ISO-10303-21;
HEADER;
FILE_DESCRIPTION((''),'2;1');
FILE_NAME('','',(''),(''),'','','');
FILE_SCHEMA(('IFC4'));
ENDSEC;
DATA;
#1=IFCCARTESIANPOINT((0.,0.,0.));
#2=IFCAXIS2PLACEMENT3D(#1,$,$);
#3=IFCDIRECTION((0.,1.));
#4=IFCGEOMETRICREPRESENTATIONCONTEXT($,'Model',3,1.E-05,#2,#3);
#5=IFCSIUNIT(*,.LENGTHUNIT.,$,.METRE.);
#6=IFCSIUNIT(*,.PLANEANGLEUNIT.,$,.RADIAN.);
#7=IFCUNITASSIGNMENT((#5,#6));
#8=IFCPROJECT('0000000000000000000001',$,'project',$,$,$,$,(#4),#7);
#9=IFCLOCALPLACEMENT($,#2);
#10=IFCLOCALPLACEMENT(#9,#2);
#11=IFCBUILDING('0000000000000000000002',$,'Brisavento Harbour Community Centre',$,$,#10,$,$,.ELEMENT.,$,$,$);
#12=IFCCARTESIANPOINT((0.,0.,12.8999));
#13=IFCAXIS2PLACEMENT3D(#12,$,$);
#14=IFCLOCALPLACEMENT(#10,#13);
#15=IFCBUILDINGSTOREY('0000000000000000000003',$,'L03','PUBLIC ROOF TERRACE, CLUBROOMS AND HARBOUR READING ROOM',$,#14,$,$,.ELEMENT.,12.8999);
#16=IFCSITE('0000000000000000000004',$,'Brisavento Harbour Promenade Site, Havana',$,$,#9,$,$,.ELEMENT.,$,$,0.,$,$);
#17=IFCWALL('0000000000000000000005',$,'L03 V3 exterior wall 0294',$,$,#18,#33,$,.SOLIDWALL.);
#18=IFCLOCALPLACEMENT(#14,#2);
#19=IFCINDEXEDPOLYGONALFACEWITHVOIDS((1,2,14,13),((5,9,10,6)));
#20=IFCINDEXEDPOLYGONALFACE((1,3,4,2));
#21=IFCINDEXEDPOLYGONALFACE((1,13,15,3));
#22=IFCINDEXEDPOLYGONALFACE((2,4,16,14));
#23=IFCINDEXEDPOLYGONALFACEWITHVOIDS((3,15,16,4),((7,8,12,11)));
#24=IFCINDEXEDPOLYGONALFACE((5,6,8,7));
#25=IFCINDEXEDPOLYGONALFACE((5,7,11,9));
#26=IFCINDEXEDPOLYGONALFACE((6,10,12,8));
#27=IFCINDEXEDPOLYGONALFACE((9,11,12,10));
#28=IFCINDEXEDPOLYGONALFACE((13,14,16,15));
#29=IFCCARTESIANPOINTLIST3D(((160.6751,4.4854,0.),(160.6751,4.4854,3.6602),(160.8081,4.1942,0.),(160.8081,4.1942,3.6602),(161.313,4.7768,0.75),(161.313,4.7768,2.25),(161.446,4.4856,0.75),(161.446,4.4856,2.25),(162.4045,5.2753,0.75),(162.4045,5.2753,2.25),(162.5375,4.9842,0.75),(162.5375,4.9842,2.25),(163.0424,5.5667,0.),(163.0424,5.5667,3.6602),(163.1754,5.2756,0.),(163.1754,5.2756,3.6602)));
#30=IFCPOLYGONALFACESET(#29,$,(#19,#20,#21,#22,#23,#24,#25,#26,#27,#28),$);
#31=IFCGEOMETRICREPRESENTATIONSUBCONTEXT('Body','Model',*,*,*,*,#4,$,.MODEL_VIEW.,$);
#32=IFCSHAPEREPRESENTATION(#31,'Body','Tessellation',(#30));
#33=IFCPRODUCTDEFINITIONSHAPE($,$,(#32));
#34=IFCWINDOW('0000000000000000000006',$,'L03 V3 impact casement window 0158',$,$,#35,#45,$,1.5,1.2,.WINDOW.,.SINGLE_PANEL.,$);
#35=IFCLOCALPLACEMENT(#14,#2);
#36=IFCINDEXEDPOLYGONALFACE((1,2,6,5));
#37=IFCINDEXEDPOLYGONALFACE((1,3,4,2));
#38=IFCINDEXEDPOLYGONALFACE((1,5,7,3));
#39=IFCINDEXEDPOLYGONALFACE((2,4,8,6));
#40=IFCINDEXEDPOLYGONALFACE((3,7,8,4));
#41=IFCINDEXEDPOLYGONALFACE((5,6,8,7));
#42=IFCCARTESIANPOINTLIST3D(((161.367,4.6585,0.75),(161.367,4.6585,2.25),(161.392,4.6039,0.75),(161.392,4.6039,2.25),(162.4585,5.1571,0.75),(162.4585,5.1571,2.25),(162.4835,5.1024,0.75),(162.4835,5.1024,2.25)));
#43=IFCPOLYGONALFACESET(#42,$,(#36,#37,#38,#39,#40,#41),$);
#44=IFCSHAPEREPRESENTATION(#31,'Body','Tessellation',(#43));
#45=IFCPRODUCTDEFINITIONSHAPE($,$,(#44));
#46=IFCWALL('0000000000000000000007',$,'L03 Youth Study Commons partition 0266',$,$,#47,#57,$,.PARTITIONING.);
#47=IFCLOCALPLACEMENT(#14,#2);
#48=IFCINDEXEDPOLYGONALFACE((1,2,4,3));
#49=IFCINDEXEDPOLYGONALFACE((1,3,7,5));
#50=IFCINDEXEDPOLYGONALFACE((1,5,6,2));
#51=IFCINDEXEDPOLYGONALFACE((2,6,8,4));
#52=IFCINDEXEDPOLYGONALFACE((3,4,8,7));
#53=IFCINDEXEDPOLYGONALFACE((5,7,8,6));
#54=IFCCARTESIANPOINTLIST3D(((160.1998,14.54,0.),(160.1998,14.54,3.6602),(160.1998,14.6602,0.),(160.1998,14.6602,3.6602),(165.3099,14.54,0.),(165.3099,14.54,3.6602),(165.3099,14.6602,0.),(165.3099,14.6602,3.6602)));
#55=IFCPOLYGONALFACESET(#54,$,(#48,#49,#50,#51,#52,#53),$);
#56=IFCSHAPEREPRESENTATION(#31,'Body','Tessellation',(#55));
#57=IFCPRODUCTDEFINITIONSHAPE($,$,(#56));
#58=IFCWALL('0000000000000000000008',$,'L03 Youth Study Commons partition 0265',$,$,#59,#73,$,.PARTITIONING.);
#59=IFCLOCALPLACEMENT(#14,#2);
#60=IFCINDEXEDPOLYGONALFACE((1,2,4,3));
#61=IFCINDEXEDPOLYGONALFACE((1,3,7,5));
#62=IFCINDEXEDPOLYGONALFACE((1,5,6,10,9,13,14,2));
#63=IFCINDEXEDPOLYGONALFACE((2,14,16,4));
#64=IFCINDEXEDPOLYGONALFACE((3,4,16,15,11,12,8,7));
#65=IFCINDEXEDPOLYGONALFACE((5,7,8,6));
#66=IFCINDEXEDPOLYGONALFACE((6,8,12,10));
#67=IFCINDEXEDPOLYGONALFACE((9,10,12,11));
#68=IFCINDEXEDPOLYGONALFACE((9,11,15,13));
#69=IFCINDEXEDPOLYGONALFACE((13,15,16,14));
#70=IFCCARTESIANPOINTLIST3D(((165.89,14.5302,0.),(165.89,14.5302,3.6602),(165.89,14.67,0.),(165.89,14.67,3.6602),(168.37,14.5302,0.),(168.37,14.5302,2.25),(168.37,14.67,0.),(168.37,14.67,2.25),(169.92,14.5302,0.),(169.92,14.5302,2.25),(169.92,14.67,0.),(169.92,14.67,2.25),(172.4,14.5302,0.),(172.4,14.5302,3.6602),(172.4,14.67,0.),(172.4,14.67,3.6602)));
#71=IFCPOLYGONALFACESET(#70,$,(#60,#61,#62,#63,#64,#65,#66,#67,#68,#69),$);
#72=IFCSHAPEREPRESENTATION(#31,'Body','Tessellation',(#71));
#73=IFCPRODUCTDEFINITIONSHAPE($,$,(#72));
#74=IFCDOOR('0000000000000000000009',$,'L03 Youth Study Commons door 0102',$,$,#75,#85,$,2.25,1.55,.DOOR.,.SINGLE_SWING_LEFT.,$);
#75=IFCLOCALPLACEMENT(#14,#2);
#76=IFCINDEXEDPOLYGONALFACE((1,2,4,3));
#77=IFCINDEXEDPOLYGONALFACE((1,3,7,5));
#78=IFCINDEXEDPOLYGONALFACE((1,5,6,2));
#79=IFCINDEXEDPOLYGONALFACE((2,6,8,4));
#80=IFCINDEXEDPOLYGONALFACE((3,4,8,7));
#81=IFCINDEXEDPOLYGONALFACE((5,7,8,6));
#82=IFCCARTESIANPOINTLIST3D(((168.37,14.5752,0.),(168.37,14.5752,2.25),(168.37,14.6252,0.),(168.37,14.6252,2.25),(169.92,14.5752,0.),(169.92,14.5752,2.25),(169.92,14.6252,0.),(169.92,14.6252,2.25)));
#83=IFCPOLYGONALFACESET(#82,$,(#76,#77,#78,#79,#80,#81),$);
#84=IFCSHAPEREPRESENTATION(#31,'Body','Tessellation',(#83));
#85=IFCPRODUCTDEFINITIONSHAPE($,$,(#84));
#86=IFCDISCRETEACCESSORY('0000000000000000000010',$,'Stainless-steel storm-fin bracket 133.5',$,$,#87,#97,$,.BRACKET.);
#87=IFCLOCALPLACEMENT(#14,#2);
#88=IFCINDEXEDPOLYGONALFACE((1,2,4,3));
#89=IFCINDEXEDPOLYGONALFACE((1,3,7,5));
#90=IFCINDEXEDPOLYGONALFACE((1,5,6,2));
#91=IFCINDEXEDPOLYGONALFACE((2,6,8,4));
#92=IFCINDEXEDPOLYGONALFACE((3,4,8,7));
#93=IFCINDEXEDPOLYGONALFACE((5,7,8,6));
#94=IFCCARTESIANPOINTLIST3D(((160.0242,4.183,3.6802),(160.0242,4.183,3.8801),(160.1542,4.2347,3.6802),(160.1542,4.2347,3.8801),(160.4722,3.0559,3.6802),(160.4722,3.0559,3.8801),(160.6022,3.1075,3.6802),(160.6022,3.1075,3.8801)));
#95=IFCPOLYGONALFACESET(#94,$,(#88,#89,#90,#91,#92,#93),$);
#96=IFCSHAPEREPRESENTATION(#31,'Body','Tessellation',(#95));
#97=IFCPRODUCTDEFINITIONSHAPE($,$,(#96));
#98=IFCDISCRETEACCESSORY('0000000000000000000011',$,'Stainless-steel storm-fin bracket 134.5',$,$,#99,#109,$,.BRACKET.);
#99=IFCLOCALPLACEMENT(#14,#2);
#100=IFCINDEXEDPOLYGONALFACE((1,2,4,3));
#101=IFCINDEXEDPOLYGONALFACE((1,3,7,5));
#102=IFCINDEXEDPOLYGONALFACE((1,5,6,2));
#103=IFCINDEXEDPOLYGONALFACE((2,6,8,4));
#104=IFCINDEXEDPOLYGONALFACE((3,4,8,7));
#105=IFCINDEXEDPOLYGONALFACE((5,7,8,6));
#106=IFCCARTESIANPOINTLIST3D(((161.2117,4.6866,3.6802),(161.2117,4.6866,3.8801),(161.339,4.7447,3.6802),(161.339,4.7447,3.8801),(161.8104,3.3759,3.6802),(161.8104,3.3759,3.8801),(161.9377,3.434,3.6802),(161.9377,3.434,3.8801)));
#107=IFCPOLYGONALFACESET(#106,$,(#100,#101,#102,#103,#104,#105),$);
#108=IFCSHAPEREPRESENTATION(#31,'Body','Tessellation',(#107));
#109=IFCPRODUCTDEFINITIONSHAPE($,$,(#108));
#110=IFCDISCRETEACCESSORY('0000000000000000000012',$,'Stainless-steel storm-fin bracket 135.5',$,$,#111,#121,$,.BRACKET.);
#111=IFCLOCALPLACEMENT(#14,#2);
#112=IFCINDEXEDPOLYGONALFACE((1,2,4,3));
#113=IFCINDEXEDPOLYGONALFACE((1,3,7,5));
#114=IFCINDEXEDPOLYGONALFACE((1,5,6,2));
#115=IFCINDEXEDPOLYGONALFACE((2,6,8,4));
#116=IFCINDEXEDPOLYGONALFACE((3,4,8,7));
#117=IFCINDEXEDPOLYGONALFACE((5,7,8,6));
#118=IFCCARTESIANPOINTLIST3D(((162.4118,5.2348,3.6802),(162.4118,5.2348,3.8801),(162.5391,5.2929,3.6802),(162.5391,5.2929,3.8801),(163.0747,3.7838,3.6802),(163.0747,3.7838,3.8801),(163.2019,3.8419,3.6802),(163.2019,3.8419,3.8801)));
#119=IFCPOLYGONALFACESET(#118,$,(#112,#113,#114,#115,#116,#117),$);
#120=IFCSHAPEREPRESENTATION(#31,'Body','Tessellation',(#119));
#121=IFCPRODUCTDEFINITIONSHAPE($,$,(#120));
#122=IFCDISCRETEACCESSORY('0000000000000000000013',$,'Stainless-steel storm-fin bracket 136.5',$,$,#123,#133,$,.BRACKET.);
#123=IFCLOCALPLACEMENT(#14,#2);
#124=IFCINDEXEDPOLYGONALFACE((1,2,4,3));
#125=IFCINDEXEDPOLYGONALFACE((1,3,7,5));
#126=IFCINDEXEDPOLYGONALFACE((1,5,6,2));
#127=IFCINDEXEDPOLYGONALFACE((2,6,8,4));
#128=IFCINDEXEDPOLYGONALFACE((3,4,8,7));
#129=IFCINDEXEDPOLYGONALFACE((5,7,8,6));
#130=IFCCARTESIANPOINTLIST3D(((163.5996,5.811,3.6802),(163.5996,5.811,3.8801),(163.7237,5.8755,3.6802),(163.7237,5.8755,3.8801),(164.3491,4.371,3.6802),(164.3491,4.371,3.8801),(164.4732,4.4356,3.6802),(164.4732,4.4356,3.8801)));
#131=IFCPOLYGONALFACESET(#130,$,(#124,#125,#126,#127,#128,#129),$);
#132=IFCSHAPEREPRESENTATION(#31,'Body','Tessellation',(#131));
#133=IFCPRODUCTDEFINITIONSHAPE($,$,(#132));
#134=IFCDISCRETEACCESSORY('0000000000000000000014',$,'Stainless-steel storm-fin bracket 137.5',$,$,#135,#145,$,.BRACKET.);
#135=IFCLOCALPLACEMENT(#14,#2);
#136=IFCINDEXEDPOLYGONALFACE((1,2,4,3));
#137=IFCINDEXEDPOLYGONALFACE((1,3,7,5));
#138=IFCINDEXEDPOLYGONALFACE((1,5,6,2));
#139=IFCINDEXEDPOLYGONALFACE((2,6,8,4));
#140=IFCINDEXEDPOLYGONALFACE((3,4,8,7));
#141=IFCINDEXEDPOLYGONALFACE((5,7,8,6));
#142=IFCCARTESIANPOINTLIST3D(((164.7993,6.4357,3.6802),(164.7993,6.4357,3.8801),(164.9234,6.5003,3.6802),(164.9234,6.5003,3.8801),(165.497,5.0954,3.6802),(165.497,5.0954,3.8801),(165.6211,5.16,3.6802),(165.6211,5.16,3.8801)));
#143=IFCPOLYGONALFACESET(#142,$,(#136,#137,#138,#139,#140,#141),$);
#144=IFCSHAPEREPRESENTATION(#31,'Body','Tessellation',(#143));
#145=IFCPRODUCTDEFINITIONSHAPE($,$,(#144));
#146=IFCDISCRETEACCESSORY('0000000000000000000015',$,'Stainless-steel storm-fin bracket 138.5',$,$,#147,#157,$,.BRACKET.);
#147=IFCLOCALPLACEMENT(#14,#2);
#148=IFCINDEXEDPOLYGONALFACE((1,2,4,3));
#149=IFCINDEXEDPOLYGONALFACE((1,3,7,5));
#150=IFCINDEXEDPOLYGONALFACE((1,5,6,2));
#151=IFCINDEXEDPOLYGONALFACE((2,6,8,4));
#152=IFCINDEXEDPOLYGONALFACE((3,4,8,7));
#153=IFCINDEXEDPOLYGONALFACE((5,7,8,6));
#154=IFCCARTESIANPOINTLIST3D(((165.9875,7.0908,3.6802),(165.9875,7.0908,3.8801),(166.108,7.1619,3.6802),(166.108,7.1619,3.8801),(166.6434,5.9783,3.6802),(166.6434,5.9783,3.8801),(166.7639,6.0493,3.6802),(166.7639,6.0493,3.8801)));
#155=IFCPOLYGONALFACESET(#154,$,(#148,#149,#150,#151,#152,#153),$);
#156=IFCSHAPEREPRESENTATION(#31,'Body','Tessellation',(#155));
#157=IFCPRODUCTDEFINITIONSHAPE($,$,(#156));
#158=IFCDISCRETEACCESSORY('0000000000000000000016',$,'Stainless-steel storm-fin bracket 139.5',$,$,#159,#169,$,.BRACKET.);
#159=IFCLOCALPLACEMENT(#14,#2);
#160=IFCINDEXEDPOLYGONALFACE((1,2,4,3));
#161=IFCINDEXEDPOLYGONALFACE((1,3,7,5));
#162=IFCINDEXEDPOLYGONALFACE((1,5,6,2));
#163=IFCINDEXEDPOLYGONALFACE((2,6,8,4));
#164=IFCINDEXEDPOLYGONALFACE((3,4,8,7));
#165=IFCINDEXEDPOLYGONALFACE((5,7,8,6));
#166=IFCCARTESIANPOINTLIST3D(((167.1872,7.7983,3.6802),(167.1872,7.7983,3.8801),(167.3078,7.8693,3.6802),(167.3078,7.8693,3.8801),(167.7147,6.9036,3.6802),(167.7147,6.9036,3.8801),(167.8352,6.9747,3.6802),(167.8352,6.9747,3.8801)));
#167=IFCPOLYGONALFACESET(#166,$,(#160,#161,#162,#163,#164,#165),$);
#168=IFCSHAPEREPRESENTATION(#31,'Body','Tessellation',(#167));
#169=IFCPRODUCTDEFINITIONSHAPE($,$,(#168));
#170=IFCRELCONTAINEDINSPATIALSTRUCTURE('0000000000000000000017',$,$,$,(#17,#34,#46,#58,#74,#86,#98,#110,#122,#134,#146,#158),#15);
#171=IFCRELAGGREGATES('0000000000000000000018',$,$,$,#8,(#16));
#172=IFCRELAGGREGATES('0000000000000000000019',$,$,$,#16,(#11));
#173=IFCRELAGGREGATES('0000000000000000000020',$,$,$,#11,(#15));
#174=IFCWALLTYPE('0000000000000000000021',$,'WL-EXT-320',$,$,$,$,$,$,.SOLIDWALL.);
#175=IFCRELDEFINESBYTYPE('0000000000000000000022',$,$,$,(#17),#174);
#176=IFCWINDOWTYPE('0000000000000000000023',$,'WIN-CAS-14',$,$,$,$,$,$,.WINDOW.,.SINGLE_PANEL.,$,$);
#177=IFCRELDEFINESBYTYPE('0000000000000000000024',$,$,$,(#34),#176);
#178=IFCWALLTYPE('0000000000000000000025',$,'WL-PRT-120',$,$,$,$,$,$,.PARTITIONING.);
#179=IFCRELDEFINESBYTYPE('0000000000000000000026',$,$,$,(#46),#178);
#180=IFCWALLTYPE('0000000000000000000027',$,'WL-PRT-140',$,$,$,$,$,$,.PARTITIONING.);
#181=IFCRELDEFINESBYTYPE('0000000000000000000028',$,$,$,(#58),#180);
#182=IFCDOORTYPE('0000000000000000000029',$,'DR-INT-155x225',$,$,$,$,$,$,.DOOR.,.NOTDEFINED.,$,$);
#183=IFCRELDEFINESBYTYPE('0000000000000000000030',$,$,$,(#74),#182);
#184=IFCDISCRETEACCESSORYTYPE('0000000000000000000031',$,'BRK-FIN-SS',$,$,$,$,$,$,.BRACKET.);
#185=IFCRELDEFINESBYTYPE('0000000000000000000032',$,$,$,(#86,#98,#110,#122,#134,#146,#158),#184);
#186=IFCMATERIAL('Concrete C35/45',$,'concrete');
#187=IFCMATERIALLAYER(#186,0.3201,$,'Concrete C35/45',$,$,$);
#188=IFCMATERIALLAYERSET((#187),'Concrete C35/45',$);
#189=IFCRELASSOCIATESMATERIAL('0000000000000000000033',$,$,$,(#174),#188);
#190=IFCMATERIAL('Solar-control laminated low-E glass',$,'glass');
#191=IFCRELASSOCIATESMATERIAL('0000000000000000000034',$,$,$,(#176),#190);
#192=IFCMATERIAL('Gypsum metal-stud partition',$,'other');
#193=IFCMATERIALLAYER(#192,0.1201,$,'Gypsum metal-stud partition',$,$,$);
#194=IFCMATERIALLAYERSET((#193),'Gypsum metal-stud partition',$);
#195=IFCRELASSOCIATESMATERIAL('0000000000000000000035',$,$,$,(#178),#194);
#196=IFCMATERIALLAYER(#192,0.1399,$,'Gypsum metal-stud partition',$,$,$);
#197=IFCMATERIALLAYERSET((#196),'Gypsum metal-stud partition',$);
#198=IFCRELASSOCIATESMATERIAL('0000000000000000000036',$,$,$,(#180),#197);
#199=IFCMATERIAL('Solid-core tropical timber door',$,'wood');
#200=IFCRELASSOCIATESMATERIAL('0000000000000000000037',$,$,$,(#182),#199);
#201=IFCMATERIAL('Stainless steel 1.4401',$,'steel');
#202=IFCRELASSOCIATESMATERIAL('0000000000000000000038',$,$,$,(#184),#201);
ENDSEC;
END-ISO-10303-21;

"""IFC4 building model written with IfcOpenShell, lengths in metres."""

from ifc_helpers import new_model, si_unit, direction, frame, frame_2d, origin, origin_2d, place, context, subcontext, project, spatial, rectangle, extrude, material, layer, layer_set, type_object, element, fill, save


model = new_model("IFC4")

# Units and contexts
model_context = context("Model", 3, precision=1e-05, world=origin(), true_north=direction((0.0, 1.0)))
body_context = subcontext(model_context, "Body", "Model", "MODEL_VIEW")
ifc_project = project(units=[si_unit("LENGTHUNIT", "METRE"), si_unit("PLANEANGLEUNIT", "RADIAN")], contexts=[model_context])

# Site, building, storey
site_placement = place(None, origin())
site = spatial("IfcSite", under=ifc_project, at=site_placement, Name="Brisavento Harbour Promenade Site, Havana", CompositionType="ELEMENT", RefElevation=0.0)
building_placement = place(site_placement, origin())
building = spatial("IfcBuilding", under=site, at=building_placement, Name="Brisavento Harbour Community Centre", CompositionType="ELEMENT")
storey_placement = place(building_placement, frame((0.0, 0.0, 12.8999)))
storey = spatial("IfcBuildingStorey", under=building, at=storey_placement, Name="L03", Description="PUBLIC ROOF TERRACE, CLUBROOMS AND HARBOUR READING ROOM", CompositionType="ELEMENT", Elevation=12.8999)

# Shared definitions
ifc_material_1 = material(Name="Concrete C35/45", Category="concrete")

# Wall, opening, window
ifc_layer_1 = layer(ifc_material_1, 0.3201, Name="Concrete C35/45")
ifc_layer_set_1 = layer_set([ifc_layer_1], Name="Concrete C35/45")
wall_type_1 = type_object("IfcWallType", Name="WL-EXT-320", PredefinedType="SOLIDWALL", material=ifc_layer_set_1)
wall_1_placement = place(storey_placement, frame((163.1089, 5.4211, 0.0), z_axis=(0.0, 0.0, 1.0), x_axis=(-0.909597, -0.415491, 0.0)))
wall_1 = element("IfcWall", 1, at=wall_1_placement, inside=storey, type_object=wall_type_1, Name="L03 V3 exterior wall 0294", PredefinedType="SOLIDWALL", context=body_context, shape_type="SweptSolid", body=[
    extrude(rectangle(XDim=2.6025, YDim=0.3201, at=frame_2d((1.3013, 0.0))), origin(), (0.0, 0.0, 1.0), 3.6602),
])
opening_1_placement = place(wall_1_placement, frame((0.7012, 0.0, 0.75)))
opening_1 = element("IfcOpeningElement", 2, at=opening_1_placement, cuts=wall_1, PredefinedType="OPENING", context=body_context, shape_type="SweptSolid", body=[
    extrude(rectangle(XDim=1.2, YDim=1.5, at=frame_2d((0.6001, 0.75))), frame((0.0, 0.1699, 0.0), z_axis=(0.0, -1.0, 0.0), x_axis=(1.0, 0.0, 0.0)), (0.0, 0.0, 1.0), 0.3401),
])
ifc_material_2 = material(Name="Solar-control laminated low-E glass", Category="glass")
window_type = type_object("IfcWindowType", Name="WIN-CAS-14", PartitioningType="SINGLE_PANEL", PredefinedType="WINDOW", material=ifc_material_2)
window_placement = place(opening_1_placement, origin())
window = element("IfcWindow", 3, at=window_placement, inside=storey, type_object=window_type, Name="L03 V3 impact casement window 0158", OverallHeight=1.5, OverallWidth=1.2, PartitioningType="SINGLE_PANEL", PredefinedType="WINDOW", context=body_context, shape_type="SweptSolid", body=[
    extrude(rectangle(XDim=1.2, YDim=1.5, at=frame_2d((0.6001, 0.75))), frame((0.0, 0.03, 0.0), z_axis=(0.0, -1.0, 0.0), x_axis=(1.0, 0.0, 0.0)), (0.0, 0.0, 1.0), 0.0601),
])
fill(opening_1, window)

# Wall
ifc_material_3 = material(Name="Gypsum metal-stud partition", Category="other")
ifc_layer_2 = layer(ifc_material_3, 0.1201, Name="Gypsum metal-stud partition")
ifc_layer_set_2 = layer_set([ifc_layer_2], Name="Gypsum metal-stud partition")
wall_type_2 = type_object("IfcWallType", Name="WL-PRT-120", PredefinedType="PARTITIONING", material=ifc_layer_set_2)
wall_2_placement = place(storey_placement, frame((165.3101, 14.6001, 0.0), z_axis=(0.0, 0.0, 1.0), x_axis=(-1.0, 0.0, 0.0)))
element("IfcWall", 4, at=wall_2_placement, inside=storey, type_object=wall_type_2, Name="L03 Youth Study Commons partition 0266", PredefinedType="PARTITIONING", context=body_context, shape_type="SweptSolid", body=[
    extrude(rectangle(XDim=5.1101, YDim=0.1201, at=frame_2d((2.5552, 0.0))), origin(), (0.0, 0.0, 1.0), 3.6602),
])

# Wall, opening, door
ifc_layer_3 = layer(ifc_material_3, 0.1399, Name="Gypsum metal-stud partition")
ifc_layer_set_3 = layer_set([ifc_layer_3], Name="Gypsum metal-stud partition")
wall_type_3 = type_object("IfcWallType", Name="WL-PRT-140", PredefinedType="PARTITIONING", material=ifc_layer_set_3)
wall_3_placement = place(storey_placement, frame((172.3999, 14.6001, 0.0), z_axis=(0.0, 0.0, 1.0), x_axis=(-1.0, 0.0, 0.0)))
wall_3 = element("IfcWall", 5, at=wall_3_placement, inside=storey, type_object=wall_type_3, Name="L03 Youth Study Commons partition 0265", PredefinedType="PARTITIONING", context=body_context, shape_type="SweptSolid", body=[
    extrude(rectangle(XDim=6.51, YDim=0.1399, at=frame_2d((3.2549, 0.0))), origin(), (0.0, 0.0, 1.0), 3.6602),
])
opening_2_placement = place(wall_3_placement, frame((2.48, 0.0, 0.0)))
opening_2 = element("IfcOpeningElement", 6, at=opening_2_placement, cuts=wall_3, PredefinedType="OPENING", context=body_context, shape_type="SweptSolid", body=[
    extrude(rectangle(XDim=1.55, YDim=2.25, at=frame_2d((0.7749, 1.125))), frame((0.0, 0.0801, 0.0), z_axis=(0.0, -1.0, 0.0), x_axis=(1.0, 0.0, 0.0)), (0.0, 0.0, 1.0), 0.1599),
])
ifc_material_4 = material(Name="Solid-core tropical timber door", Category="wood")
door_type = type_object("IfcDoorType", Name="DR-INT-155x225", OperationType="NOTDEFINED", PredefinedType="DOOR", material=ifc_material_4)
door_placement = place(opening_2_placement, origin())
door = element("IfcDoor", 7, at=door_placement, inside=storey, type_object=door_type, Name="L03 Youth Study Commons door 0102", OperationType="SINGLE_SWING_LEFT", OverallHeight=2.25, OverallWidth=1.55, PredefinedType="DOOR", context=body_context, shape_type="SweptSolid", body=[
    extrude(rectangle(XDim=1.55, YDim=2.25, at=frame_2d((0.7749, 1.125))), frame((0.0, 0.0249, 0.0), z_axis=(0.0, -1.0, 0.0), x_axis=(1.0, 0.0, 0.0)), (0.0, 0.0, 1.0), 0.05),
])
fill(opening_2, door)

# Discrete accessories
ifc_material_5 = material(Name="Stainless steel 1.4401", Category="steel")
discrete_accessory_type = type_object("IfcDiscreteAccessoryType", Name="BRK-FIN-SS", PredefinedType="BRACKET", material=ifc_material_5)
discrete_accessory_1_placement = place(storey_placement, frame((160.3132, 3.6453, 3.6802), z_axis=(0.0, 0.0, 1.0), x_axis=(0.369341, -0.929294, 0.0)))
element("IfcDiscreteAccessory", 8, at=discrete_accessory_1_placement, inside=storey, type_object=discrete_accessory_type, Name="Stainless-steel storm-fin bracket 133.5", PredefinedType="BRACKET", context=body_context, shape_type="SweptSolid", body=[
    extrude(rectangle(XDim=1.2129, YDim=0.1399, at=origin_2d()), origin(), (0.0, 0.0, 1.0), 0.2),
])
discrete_accessory_2_placement = place(storey_placement, frame((161.5747, 4.0603, 3.6802), z_axis=(0.0, 0.0, 1.0), x_axis=(0.415519, -0.909585, 0.0)))
element("IfcDiscreteAccessory", 9, at=discrete_accessory_2_placement, inside=storey, type_object=discrete_accessory_type, Name="Stainless-steel storm-fin bracket 134.5", PredefinedType="BRACKET", context=body_context, shape_type="SweptSolid", body=[
    extrude(rectangle(XDim=1.4409, YDim=0.1399, at=origin_2d()), origin(), (0.0, 0.0, 1.0), 0.2),
])
discrete_accessory_3_placement = place(storey_placement, frame((162.8069, 4.5383, 3.6802), z_axis=(0.0, 0.0, 1.0), x_axis=(0.415519, -0.909585, 0.0)))
element("IfcDiscreteAccessory", 10, at=discrete_accessory_3_placement, inside=storey, type_object=discrete_accessory_type, Name="Stainless-steel storm-fin bracket 135.5", PredefinedType="BRACKET", context=body_context, shape_type="SweptSolid", body=[
    extrude(rectangle(XDim=1.5952, YDim=0.1399, at=origin_2d()), origin(), (0.0, 0.0, 1.0), 0.2),
])
discrete_accessory_4_placement = place(storey_placement, frame((164.0364, 5.1233, 3.6802), z_axis=(0.0, 0.0, 1.0), x_axis=(0.461702, -0.887035, 0.0)))
element("IfcDiscreteAccessory", 11, at=discrete_accessory_4_placement, inside=storey, type_object=discrete_accessory_type, Name="Stainless-steel storm-fin bracket 136.5", PredefinedType="BRACKET", context=body_context, shape_type="SweptSolid", body=[
    extrude(rectangle(XDim=1.6233, YDim=0.1399, at=origin_2d()), origin(), (0.0, 0.0, 1.0), 0.2),
])
discrete_accessory_5_placement = place(storey_placement, frame((165.2102, 5.7979, 3.6802), z_axis=(0.0, 0.0, 1.0), x_axis=(0.461702, -0.887035, 0.0)))
element("IfcDiscreteAccessory", 12, at=discrete_accessory_5_placement, inside=storey, type_object=discrete_accessory_type, Name="Stainless-steel storm-fin bracket 137.5", PredefinedType="BRACKET", context=body_context, shape_type="SweptSolid", body=[
    extrude(rectangle(XDim=1.511, YDim=0.1399, at=origin_2d()), origin(), (0.0, 0.0, 1.0), 0.2),
])
discrete_accessory_6_placement = place(storey_placement, frame((166.3757, 6.5701, 3.6802), z_axis=(0.0, 0.0, 1.0), x_axis=(0.507869, -0.861434, 0.0)))
element("IfcDiscreteAccessory", 13, at=discrete_accessory_6_placement, inside=storey, type_object=discrete_accessory_type, Name="Stainless-steel storm-fin bracket 138.5", PredefinedType="BRACKET", context=body_context, shape_type="SweptSolid", body=[
    extrude(rectangle(XDim=1.2915, YDim=0.1399, at=origin_2d()), origin(), (0.0, 0.0, 1.0), 0.2),
])
discrete_accessory_7_placement = place(storey_placement, frame((167.5112, 7.3865, 3.6802), z_axis=(0.0, 0.0, 1.0), x_axis=(0.507869, -0.861434, 0.0)))
element("IfcDiscreteAccessory", 14, at=discrete_accessory_7_placement, inside=storey, type_object=discrete_accessory_type, Name="Stainless-steel storm-fin bracket 139.5", PredefinedType="BRACKET", context=body_context, shape_type="SweptSolid", body=[
    extrude(rectangle(XDim=1.0386, YDim=0.1399, at=origin_2d()), origin(), (0.0, 0.0, 1.0), 0.2),
])

save(model, "model.ifc")
